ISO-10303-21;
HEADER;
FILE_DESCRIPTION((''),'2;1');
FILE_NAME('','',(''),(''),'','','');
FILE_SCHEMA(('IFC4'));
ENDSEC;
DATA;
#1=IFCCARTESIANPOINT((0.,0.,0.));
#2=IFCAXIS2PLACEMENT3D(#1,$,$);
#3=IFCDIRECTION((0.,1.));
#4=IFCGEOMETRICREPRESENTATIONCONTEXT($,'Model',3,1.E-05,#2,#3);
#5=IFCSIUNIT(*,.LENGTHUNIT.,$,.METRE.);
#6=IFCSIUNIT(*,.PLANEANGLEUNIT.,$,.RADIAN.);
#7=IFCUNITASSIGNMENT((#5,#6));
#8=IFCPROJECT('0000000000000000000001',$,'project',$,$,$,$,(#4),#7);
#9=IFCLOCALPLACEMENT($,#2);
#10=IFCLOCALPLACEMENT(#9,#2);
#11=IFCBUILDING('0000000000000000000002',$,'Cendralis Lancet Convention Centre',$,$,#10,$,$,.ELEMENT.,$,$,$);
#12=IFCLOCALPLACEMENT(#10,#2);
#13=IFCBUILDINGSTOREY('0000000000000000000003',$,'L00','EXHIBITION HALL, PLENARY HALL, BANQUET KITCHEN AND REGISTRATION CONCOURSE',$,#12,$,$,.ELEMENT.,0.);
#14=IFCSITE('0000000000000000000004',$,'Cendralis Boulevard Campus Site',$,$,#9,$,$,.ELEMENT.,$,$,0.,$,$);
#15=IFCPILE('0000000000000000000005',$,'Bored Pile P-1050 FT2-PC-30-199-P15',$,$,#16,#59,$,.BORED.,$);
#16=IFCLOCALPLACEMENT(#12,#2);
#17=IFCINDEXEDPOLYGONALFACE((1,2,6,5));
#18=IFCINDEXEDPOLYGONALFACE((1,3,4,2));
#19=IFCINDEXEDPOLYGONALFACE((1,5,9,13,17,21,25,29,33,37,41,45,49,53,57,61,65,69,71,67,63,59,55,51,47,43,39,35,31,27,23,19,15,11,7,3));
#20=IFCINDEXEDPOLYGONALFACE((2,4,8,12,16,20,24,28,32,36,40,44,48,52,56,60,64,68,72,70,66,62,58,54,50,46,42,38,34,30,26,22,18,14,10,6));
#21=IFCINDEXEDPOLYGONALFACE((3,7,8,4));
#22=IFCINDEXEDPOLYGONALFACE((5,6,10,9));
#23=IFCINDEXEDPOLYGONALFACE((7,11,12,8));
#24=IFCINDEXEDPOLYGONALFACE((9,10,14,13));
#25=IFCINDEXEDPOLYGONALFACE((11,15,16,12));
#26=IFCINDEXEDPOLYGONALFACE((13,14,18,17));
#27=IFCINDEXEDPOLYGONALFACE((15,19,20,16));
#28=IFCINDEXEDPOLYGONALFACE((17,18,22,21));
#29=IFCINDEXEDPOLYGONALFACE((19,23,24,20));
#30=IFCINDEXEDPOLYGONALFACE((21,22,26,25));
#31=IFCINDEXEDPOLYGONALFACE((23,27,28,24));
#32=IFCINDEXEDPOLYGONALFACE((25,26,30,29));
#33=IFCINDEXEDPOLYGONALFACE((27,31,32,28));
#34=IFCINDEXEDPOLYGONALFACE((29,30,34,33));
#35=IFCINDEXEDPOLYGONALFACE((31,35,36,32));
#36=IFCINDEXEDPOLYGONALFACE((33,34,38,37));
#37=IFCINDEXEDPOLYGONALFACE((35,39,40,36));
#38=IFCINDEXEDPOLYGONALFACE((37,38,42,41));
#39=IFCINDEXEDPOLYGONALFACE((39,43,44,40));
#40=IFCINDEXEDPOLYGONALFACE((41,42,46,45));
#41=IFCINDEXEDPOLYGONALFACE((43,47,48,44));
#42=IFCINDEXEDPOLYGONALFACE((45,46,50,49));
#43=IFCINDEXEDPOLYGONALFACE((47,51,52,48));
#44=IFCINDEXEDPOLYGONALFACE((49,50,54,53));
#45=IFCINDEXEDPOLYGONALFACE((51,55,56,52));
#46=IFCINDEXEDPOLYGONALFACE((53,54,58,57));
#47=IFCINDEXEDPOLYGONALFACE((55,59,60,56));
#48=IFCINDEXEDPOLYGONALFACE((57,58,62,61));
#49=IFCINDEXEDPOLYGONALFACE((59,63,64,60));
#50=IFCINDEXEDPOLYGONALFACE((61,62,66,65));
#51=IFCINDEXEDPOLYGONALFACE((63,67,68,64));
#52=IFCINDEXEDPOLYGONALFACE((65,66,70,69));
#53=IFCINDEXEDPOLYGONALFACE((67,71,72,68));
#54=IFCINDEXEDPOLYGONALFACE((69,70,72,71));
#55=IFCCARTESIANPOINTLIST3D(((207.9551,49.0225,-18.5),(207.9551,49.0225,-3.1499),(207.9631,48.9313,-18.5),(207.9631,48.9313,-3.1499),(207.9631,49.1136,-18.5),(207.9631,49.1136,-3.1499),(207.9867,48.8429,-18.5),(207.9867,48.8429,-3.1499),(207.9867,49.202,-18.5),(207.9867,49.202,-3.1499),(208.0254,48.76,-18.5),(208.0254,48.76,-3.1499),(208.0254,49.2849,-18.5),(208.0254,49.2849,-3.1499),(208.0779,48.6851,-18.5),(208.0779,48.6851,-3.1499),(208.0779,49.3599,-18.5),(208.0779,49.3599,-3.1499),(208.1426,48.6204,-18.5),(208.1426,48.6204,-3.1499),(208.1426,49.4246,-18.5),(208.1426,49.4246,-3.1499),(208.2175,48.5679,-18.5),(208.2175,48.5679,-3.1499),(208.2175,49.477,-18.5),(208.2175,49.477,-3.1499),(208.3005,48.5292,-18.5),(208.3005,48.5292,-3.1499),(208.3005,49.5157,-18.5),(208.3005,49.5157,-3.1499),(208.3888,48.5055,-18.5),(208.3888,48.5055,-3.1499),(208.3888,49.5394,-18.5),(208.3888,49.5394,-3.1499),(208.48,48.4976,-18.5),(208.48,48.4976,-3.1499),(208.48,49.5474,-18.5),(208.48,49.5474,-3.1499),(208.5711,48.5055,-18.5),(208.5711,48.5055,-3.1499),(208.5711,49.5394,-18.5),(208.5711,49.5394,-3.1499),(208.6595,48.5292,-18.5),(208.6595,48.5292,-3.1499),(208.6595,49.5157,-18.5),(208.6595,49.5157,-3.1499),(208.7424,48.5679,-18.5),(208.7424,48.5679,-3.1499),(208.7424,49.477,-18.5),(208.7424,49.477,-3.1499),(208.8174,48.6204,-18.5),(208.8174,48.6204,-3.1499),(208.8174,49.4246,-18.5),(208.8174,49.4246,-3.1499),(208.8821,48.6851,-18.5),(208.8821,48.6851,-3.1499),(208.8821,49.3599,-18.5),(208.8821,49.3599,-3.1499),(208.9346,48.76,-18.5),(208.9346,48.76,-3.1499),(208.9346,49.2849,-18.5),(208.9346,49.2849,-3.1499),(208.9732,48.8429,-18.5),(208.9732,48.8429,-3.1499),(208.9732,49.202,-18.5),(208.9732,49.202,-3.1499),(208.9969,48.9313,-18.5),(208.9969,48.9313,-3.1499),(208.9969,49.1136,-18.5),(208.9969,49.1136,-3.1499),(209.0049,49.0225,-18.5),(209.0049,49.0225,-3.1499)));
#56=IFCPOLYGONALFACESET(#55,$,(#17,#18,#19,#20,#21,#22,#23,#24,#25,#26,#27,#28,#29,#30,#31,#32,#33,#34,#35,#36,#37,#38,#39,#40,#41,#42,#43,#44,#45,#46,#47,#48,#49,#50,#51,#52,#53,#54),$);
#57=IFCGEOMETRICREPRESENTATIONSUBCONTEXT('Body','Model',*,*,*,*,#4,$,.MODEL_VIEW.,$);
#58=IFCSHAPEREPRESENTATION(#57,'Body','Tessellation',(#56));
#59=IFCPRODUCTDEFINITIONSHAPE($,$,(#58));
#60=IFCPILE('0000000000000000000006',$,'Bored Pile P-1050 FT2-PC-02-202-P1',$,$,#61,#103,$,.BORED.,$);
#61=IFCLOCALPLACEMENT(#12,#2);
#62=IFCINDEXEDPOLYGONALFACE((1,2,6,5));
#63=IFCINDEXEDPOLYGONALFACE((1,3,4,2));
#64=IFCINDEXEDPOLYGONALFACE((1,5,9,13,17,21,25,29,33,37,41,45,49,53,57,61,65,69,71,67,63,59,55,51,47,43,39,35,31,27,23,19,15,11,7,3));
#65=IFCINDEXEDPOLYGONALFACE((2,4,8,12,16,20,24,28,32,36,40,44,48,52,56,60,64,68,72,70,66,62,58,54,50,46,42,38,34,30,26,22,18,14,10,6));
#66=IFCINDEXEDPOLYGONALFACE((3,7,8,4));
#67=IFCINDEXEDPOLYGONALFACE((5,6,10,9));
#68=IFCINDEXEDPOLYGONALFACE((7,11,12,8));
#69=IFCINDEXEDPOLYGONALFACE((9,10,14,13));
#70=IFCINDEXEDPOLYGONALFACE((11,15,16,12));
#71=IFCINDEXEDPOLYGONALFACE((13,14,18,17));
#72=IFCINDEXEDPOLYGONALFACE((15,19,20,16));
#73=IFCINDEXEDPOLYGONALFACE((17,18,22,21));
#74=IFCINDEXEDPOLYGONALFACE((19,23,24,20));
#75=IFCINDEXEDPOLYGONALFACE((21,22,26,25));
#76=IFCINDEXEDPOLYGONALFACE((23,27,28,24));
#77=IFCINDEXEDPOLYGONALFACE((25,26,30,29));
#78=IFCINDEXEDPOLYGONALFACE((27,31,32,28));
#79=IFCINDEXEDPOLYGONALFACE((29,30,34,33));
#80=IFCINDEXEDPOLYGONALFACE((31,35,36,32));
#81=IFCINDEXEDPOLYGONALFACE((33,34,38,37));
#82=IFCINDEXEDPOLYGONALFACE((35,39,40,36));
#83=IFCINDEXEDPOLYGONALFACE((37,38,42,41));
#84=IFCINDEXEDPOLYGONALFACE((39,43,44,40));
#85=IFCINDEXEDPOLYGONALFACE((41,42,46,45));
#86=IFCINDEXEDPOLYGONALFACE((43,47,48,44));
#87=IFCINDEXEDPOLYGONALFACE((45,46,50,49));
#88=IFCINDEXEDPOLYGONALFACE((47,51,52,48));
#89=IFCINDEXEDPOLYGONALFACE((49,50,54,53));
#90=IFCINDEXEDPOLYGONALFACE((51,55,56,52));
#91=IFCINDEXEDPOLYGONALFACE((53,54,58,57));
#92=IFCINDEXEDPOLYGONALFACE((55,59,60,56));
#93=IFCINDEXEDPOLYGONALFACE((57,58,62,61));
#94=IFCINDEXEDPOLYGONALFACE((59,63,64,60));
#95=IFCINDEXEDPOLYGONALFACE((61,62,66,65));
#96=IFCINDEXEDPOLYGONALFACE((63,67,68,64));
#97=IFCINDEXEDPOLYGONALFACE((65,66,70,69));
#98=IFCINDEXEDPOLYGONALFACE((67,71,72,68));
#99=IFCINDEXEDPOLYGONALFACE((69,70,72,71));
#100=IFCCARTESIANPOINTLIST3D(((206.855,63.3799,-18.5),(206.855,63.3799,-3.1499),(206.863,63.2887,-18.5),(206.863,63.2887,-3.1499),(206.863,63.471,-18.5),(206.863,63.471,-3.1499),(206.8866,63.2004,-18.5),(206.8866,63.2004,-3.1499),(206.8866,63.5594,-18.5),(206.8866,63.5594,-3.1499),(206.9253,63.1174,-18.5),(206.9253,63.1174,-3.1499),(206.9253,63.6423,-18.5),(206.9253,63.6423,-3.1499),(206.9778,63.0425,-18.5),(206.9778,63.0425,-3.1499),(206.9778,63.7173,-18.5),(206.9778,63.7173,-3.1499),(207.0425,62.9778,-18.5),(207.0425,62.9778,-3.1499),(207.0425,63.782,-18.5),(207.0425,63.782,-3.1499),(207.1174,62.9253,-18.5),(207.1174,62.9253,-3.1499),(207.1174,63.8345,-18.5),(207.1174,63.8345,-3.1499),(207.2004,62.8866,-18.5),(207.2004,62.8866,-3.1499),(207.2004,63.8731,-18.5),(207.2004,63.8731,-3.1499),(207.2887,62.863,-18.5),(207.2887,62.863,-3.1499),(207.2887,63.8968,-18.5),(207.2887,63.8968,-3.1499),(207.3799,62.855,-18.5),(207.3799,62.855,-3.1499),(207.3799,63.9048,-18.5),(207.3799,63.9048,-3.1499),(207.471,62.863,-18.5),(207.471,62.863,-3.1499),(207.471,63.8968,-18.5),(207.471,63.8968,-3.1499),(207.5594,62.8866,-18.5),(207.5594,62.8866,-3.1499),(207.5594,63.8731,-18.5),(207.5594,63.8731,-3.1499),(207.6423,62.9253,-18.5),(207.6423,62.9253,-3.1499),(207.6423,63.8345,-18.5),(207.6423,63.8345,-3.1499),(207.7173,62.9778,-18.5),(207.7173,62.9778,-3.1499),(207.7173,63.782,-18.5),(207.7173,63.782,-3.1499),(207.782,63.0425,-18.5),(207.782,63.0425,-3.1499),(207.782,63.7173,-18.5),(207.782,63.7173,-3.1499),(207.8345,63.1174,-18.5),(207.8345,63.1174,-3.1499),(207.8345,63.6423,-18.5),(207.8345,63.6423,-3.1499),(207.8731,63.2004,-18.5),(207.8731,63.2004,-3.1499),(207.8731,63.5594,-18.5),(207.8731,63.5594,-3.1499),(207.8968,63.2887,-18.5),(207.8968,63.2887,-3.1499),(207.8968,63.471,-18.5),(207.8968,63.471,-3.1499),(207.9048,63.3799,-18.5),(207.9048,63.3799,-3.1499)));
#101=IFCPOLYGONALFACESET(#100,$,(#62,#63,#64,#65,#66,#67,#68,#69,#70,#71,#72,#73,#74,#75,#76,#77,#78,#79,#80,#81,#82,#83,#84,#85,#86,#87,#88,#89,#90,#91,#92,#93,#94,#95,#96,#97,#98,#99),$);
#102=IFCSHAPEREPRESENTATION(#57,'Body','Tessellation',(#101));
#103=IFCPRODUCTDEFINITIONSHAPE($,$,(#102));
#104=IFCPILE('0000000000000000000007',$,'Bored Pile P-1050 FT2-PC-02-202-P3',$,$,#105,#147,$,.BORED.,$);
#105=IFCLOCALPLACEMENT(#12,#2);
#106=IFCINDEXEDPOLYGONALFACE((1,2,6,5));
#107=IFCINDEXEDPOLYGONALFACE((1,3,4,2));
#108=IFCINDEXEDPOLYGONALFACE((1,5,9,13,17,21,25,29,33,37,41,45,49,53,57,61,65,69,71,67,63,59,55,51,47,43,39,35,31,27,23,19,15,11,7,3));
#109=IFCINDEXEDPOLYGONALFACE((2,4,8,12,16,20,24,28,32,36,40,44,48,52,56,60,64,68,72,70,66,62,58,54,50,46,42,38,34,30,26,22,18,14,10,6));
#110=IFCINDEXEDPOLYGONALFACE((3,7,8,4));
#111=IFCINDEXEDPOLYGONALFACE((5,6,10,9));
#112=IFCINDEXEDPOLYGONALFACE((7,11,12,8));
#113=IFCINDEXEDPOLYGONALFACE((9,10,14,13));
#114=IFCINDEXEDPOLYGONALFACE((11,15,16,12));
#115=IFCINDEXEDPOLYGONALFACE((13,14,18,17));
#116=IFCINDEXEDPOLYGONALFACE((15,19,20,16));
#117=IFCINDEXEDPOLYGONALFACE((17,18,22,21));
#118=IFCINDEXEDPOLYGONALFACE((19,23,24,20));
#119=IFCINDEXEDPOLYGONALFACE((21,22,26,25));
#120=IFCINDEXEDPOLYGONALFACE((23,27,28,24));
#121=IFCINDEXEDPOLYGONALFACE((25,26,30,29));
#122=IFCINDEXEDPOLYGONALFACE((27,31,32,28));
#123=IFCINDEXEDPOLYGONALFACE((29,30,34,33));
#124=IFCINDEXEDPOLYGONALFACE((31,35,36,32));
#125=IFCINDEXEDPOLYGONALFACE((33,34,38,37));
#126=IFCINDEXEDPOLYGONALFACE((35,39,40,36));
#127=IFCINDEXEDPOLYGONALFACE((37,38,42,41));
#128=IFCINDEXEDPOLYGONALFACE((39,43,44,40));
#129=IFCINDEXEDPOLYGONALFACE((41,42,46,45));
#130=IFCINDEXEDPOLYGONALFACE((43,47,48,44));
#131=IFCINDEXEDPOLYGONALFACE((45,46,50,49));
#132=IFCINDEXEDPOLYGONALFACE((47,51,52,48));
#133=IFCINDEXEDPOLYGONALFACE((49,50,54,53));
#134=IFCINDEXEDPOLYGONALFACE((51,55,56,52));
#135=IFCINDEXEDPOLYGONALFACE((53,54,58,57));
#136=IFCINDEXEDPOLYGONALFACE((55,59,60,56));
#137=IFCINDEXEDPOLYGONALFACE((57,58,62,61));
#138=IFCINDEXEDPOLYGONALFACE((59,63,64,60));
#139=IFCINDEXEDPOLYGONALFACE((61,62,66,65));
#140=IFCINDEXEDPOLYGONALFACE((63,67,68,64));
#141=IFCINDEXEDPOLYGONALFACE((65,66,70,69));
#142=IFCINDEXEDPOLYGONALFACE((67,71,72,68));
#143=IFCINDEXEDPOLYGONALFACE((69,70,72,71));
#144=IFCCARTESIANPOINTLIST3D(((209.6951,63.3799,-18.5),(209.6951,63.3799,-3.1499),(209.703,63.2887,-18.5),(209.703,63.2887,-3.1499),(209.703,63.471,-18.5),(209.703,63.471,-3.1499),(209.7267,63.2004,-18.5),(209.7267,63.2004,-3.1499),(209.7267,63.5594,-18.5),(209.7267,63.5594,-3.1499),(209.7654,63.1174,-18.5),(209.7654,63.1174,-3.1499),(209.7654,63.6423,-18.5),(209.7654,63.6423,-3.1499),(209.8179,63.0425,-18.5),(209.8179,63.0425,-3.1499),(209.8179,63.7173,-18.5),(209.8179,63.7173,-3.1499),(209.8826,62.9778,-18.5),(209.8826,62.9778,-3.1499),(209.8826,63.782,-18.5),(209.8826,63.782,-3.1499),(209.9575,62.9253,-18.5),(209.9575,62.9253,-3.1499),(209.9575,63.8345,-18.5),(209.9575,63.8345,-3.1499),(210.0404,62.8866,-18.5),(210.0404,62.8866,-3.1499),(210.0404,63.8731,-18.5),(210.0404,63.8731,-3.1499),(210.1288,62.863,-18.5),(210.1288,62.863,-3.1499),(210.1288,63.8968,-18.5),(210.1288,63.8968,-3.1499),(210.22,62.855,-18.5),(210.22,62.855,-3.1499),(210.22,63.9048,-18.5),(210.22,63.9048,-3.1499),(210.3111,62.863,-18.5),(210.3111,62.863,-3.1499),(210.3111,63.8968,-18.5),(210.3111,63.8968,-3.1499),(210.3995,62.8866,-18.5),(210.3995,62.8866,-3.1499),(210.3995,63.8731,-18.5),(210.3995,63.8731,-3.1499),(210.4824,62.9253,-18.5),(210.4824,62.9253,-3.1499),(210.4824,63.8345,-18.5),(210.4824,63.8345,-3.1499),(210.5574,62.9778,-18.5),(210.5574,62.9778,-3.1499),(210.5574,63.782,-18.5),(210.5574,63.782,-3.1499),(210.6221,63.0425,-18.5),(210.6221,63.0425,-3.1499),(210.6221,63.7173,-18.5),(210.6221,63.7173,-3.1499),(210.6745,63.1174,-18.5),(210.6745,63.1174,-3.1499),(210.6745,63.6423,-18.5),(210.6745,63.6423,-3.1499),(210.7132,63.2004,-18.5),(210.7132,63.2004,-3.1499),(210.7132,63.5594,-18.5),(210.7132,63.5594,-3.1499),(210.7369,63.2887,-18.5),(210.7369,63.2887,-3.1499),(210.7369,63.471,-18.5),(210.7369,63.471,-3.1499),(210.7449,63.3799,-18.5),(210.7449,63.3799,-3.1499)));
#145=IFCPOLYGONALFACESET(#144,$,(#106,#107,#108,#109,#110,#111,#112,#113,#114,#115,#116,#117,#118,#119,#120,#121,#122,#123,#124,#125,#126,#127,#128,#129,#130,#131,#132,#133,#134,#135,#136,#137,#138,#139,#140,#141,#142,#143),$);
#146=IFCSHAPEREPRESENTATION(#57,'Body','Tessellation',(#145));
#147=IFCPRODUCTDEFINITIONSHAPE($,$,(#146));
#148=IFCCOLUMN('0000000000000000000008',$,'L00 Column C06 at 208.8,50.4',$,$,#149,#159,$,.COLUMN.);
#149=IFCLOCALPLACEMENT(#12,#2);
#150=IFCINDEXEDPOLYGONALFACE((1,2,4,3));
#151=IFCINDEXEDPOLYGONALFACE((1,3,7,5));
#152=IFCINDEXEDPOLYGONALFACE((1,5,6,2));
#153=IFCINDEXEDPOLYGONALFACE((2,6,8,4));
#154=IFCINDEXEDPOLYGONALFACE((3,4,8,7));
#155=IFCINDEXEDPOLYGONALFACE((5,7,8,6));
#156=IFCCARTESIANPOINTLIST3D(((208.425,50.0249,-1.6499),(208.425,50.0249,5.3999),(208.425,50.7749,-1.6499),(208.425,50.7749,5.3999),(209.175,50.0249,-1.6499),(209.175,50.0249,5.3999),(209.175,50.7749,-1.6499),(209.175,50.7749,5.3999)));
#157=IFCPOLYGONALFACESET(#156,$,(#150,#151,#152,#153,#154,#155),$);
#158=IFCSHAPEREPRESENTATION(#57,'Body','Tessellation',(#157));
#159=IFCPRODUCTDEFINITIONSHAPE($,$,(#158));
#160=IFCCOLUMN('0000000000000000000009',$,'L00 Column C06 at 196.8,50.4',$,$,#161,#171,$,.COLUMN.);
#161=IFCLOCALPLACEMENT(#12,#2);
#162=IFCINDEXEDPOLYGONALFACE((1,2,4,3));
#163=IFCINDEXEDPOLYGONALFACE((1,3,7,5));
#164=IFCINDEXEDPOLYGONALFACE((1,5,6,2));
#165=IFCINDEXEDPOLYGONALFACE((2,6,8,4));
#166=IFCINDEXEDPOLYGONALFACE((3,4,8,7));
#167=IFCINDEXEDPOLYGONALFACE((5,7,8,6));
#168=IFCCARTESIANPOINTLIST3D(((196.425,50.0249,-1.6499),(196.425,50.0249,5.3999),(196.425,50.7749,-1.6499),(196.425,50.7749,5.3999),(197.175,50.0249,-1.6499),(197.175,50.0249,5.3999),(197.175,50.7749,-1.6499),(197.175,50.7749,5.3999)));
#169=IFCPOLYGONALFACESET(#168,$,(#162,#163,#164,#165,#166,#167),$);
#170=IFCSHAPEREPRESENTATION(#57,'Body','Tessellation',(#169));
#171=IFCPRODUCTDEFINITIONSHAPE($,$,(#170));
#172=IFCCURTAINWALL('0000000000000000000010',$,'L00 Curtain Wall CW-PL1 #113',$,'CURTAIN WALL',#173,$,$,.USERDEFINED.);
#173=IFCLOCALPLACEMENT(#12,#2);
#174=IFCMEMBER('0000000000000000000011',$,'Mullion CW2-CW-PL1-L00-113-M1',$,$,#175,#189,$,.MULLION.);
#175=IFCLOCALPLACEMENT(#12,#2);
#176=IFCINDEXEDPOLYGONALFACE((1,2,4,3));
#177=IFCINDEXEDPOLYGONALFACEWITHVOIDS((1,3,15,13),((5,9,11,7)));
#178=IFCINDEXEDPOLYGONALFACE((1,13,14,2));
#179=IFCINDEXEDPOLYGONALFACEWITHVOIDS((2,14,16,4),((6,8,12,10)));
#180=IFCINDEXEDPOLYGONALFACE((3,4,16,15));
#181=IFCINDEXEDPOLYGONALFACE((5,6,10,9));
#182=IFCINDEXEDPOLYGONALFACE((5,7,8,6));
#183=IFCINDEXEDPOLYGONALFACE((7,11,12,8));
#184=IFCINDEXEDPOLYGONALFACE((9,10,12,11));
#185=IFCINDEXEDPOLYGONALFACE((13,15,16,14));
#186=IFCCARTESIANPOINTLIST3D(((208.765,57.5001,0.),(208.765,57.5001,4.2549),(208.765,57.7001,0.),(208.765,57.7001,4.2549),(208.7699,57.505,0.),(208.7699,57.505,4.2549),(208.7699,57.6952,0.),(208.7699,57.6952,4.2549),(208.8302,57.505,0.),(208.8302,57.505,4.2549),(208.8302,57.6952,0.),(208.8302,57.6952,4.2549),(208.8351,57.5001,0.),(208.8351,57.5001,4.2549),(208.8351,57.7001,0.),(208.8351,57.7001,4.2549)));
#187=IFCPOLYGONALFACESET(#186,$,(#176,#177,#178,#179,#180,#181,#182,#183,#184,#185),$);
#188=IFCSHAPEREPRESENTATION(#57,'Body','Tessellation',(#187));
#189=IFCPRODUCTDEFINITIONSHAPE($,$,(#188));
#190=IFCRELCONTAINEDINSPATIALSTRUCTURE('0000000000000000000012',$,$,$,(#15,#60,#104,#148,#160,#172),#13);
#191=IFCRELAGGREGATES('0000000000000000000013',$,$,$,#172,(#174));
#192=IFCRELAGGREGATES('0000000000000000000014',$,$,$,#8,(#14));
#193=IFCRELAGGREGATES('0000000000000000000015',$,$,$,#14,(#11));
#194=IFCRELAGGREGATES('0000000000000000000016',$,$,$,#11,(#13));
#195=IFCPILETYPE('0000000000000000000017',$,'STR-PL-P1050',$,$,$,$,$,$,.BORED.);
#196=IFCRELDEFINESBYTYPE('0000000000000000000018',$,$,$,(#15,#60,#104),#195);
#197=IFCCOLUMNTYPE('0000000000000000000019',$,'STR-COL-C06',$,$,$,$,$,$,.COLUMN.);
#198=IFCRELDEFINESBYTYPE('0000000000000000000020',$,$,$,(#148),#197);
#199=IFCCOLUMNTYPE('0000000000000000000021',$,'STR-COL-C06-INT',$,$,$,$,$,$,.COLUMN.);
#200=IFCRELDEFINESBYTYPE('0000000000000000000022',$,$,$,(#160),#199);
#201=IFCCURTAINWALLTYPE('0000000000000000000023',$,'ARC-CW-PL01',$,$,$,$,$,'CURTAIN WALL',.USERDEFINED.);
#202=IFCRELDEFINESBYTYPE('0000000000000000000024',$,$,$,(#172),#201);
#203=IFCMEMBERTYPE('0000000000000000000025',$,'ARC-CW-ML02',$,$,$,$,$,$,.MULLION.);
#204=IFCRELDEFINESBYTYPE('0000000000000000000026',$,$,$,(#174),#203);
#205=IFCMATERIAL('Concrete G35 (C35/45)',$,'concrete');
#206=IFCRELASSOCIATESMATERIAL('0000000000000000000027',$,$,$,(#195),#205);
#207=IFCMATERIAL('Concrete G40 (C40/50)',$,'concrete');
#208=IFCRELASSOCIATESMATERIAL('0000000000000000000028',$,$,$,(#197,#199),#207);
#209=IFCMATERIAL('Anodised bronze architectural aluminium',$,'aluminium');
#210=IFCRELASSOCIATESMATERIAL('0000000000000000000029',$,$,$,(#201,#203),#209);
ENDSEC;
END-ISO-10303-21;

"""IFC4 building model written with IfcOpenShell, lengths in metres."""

from ifc_helpers import new_model, si_unit, direction, frame, origin, origin_2d, place, context, subcontext, project, spatial, rectangle, hollow_rectangle, circle, extrude, material, material_profile, profile_set, type_object, element, aggregate, save


model = new_model("IFC4")

# Units and contexts
model_context = context("Model", 3, precision=1e-05, world=origin(), true_north=direction((0.0, 1.0)))
body_context = subcontext(model_context, "Body", "Model", "MODEL_VIEW")
ifc_project = project(units=[si_unit("LENGTHUNIT", "METRE"), si_unit("PLANEANGLEUNIT", "RADIAN")], contexts=[model_context])

# Site, building, storey
site_placement = place(None, origin())
site = spatial("IfcSite", under=ifc_project, at=site_placement, Name="Cendralis Boulevard Campus Site", CompositionType="ELEMENT", RefElevation=0.0)
building_placement = place(site_placement, origin())
building = spatial("IfcBuilding", under=site, at=building_placement, Name="Cendralis Lancet Convention Centre", CompositionType="ELEMENT")
storey_placement = place(building_placement, origin())
storey = spatial("IfcBuildingStorey", under=building, at=storey_placement, Name="L00", Description="EXHIBITION HALL, PLENARY HALL, BANQUET KITCHEN AND REGISTRATION CONCOURSE", CompositionType="ELEMENT", Elevation=0.0)

# Piles
ifc_material_1 = material(Name="Concrete G35 (C35/45)", Category="concrete")
ifc_material_profile_1 = material_profile(ifc_material_1, circle(Radius=0.5249, at=origin_2d()), Name="BORED PILE D1050")
ifc_profile_set_1 = profile_set([ifc_material_profile_1], Name="Concrete G35 (C35/45)")
pile_type = type_object("IfcPileType", Name="STR-PL-P1050", PredefinedType="BORED", material=ifc_profile_set_1)
for number, where, z_axis, x_axis, name in (
    (1, (208.48, 49.0225, -3.1499), (0.0, 0.0, -1.0), (1.0, 0.0, 0.0), "Bored Pile P-1050 FT2-PC-30-199-P15"),
    (2, (207.3799, 63.3799, -3.1499), (0.0, 0.0, -1.0), (1.0, 0.0, 0.0), "Bored Pile P-1050 FT2-PC-02-202-P1"),
    (3, (210.22, 63.3799, -3.1499), (0.0, 0.0, -1.0), (1.0, 0.0, 0.0), "Bored Pile P-1050 FT2-PC-02-202-P3"),
):
    element("IfcPile", number, at=place(storey_placement, frame(where, z_axis=z_axis, x_axis=x_axis)), inside=storey, type_object=pile_type, Name=name, PredefinedType="BORED", context=body_context, shape_type="SweptSolid", body=[
        extrude(circle(Radius=0.5249, at=origin_2d()), origin(), (0.0, 0.0, 1.0), 15.3501),
    ])

# Columns
ifc_material_2 = material(Name="Concrete G40 (C40/50)", Category="concrete")
ifc_material_profile_2 = material_profile(ifc_material_2, rectangle(XDim=0.75, YDim=0.75, at=origin_2d()), Name="RC 750x750")
ifc_profile_set_2 = profile_set([ifc_material_profile_2], Name="Concrete G40 (C40/50)")
column_type_1 = type_object("IfcColumnType", Name="STR-COL-C06", PredefinedType="COLUMN", material=ifc_profile_set_2)
column_1_placement = place(storey_placement, frame((208.8, 50.3999, -1.6499), z_axis=(0.0, 0.0, 1.0), x_axis=(1.0, 0.0, 0.0)))
element("IfcColumn", 4, at=column_1_placement, inside=storey, type_object=column_type_1, Name="L00 Column C06 at 208.8,50.4", PredefinedType="COLUMN", context=body_context, shape_type="SweptSolid", body=[
    extrude(rectangle(XDim=0.75, YDim=0.75, at=origin_2d()), origin(), (0.0, 0.0, 1.0), 7.0498),
])
ifc_material_profile_3 = material_profile(ifc_material_2, rectangle(XDim=0.75, YDim=0.75, at=origin_2d()), Name="RC 750x750")
ifc_profile_set_3 = profile_set([ifc_material_profile_3], Name="Concrete G40 (C40/50)")
column_type_2 = type_object("IfcColumnType", Name="STR-COL-C06-INT", PredefinedType="COLUMN", material=ifc_profile_set_3)
column_2_placement = place(storey_placement, frame((196.8, 50.3999, -1.6499), z_axis=(0.0, 0.0, 1.0), x_axis=(1.0, 0.0, 0.0)))
element("IfcColumn", 5, at=column_2_placement, inside=storey, type_object=column_type_2, Name="L00 Column C06 at 196.8,50.4", PredefinedType="COLUMN", context=body_context, shape_type="SweptSolid", body=[
    extrude(rectangle(XDim=0.75, YDim=0.75, at=origin_2d()), origin(), (0.0, 0.0, 1.0), 7.0498),
])

# Curtain wall, member
ifc_material_3 = material(Name="Anodised bronze architectural aluminium", Category="aluminium")
curtain_wall_type = type_object("IfcCurtainWallType", Name="ARC-CW-PL01", ElementType="CURTAIN WALL", PredefinedType="USERDEFINED", material=ifc_material_3)
curtain_wall_placement = place(storey_placement, origin())
curtain_wall = element("IfcCurtainWall", 6, at=curtain_wall_placement, inside=storey, type_object=curtain_wall_type, Name="L00 Curtain Wall CW-PL1 #113", ObjectType="CURTAIN WALL", PredefinedType="USERDEFINED")
ifc_material_profile_4 = material_profile(ifc_material_3, hollow_rectangle(XDim=0.0701, YDim=0.2, WallThickness=0.0049, at=origin_2d()), Name="AL-MULL 70x200x5.0")
ifc_profile_set_4 = profile_set([ifc_material_profile_4], Name="Anodised bronze architectural aluminium")
member_type_1 = type_object("IfcMemberType", Name="ARC-CW-ML02", PredefinedType="MULLION", material=ifc_profile_set_4)
member_1_placement = place(storey_placement, frame((208.8, 57.6001, 0.0), z_axis=(0.0, 0.0, 1.0), x_axis=(1.0, 0.0, 0.0)))
member_1 = element("IfcMember", 7, at=member_1_placement, type_object=member_type_1, Name="Mullion CW2-CW-PL1-L00-113-M1", PredefinedType="MULLION", context=body_context, shape_type="SweptSolid", body=[
    extrude(hollow_rectangle(XDim=0.0701, YDim=0.2, WallThickness=0.0049, at=origin_2d()), origin(), (0.0, 0.0, 1.0), 4.2549),
])

aggregate(curtain_wall, [member_1])

save(model, "model.ifc")
